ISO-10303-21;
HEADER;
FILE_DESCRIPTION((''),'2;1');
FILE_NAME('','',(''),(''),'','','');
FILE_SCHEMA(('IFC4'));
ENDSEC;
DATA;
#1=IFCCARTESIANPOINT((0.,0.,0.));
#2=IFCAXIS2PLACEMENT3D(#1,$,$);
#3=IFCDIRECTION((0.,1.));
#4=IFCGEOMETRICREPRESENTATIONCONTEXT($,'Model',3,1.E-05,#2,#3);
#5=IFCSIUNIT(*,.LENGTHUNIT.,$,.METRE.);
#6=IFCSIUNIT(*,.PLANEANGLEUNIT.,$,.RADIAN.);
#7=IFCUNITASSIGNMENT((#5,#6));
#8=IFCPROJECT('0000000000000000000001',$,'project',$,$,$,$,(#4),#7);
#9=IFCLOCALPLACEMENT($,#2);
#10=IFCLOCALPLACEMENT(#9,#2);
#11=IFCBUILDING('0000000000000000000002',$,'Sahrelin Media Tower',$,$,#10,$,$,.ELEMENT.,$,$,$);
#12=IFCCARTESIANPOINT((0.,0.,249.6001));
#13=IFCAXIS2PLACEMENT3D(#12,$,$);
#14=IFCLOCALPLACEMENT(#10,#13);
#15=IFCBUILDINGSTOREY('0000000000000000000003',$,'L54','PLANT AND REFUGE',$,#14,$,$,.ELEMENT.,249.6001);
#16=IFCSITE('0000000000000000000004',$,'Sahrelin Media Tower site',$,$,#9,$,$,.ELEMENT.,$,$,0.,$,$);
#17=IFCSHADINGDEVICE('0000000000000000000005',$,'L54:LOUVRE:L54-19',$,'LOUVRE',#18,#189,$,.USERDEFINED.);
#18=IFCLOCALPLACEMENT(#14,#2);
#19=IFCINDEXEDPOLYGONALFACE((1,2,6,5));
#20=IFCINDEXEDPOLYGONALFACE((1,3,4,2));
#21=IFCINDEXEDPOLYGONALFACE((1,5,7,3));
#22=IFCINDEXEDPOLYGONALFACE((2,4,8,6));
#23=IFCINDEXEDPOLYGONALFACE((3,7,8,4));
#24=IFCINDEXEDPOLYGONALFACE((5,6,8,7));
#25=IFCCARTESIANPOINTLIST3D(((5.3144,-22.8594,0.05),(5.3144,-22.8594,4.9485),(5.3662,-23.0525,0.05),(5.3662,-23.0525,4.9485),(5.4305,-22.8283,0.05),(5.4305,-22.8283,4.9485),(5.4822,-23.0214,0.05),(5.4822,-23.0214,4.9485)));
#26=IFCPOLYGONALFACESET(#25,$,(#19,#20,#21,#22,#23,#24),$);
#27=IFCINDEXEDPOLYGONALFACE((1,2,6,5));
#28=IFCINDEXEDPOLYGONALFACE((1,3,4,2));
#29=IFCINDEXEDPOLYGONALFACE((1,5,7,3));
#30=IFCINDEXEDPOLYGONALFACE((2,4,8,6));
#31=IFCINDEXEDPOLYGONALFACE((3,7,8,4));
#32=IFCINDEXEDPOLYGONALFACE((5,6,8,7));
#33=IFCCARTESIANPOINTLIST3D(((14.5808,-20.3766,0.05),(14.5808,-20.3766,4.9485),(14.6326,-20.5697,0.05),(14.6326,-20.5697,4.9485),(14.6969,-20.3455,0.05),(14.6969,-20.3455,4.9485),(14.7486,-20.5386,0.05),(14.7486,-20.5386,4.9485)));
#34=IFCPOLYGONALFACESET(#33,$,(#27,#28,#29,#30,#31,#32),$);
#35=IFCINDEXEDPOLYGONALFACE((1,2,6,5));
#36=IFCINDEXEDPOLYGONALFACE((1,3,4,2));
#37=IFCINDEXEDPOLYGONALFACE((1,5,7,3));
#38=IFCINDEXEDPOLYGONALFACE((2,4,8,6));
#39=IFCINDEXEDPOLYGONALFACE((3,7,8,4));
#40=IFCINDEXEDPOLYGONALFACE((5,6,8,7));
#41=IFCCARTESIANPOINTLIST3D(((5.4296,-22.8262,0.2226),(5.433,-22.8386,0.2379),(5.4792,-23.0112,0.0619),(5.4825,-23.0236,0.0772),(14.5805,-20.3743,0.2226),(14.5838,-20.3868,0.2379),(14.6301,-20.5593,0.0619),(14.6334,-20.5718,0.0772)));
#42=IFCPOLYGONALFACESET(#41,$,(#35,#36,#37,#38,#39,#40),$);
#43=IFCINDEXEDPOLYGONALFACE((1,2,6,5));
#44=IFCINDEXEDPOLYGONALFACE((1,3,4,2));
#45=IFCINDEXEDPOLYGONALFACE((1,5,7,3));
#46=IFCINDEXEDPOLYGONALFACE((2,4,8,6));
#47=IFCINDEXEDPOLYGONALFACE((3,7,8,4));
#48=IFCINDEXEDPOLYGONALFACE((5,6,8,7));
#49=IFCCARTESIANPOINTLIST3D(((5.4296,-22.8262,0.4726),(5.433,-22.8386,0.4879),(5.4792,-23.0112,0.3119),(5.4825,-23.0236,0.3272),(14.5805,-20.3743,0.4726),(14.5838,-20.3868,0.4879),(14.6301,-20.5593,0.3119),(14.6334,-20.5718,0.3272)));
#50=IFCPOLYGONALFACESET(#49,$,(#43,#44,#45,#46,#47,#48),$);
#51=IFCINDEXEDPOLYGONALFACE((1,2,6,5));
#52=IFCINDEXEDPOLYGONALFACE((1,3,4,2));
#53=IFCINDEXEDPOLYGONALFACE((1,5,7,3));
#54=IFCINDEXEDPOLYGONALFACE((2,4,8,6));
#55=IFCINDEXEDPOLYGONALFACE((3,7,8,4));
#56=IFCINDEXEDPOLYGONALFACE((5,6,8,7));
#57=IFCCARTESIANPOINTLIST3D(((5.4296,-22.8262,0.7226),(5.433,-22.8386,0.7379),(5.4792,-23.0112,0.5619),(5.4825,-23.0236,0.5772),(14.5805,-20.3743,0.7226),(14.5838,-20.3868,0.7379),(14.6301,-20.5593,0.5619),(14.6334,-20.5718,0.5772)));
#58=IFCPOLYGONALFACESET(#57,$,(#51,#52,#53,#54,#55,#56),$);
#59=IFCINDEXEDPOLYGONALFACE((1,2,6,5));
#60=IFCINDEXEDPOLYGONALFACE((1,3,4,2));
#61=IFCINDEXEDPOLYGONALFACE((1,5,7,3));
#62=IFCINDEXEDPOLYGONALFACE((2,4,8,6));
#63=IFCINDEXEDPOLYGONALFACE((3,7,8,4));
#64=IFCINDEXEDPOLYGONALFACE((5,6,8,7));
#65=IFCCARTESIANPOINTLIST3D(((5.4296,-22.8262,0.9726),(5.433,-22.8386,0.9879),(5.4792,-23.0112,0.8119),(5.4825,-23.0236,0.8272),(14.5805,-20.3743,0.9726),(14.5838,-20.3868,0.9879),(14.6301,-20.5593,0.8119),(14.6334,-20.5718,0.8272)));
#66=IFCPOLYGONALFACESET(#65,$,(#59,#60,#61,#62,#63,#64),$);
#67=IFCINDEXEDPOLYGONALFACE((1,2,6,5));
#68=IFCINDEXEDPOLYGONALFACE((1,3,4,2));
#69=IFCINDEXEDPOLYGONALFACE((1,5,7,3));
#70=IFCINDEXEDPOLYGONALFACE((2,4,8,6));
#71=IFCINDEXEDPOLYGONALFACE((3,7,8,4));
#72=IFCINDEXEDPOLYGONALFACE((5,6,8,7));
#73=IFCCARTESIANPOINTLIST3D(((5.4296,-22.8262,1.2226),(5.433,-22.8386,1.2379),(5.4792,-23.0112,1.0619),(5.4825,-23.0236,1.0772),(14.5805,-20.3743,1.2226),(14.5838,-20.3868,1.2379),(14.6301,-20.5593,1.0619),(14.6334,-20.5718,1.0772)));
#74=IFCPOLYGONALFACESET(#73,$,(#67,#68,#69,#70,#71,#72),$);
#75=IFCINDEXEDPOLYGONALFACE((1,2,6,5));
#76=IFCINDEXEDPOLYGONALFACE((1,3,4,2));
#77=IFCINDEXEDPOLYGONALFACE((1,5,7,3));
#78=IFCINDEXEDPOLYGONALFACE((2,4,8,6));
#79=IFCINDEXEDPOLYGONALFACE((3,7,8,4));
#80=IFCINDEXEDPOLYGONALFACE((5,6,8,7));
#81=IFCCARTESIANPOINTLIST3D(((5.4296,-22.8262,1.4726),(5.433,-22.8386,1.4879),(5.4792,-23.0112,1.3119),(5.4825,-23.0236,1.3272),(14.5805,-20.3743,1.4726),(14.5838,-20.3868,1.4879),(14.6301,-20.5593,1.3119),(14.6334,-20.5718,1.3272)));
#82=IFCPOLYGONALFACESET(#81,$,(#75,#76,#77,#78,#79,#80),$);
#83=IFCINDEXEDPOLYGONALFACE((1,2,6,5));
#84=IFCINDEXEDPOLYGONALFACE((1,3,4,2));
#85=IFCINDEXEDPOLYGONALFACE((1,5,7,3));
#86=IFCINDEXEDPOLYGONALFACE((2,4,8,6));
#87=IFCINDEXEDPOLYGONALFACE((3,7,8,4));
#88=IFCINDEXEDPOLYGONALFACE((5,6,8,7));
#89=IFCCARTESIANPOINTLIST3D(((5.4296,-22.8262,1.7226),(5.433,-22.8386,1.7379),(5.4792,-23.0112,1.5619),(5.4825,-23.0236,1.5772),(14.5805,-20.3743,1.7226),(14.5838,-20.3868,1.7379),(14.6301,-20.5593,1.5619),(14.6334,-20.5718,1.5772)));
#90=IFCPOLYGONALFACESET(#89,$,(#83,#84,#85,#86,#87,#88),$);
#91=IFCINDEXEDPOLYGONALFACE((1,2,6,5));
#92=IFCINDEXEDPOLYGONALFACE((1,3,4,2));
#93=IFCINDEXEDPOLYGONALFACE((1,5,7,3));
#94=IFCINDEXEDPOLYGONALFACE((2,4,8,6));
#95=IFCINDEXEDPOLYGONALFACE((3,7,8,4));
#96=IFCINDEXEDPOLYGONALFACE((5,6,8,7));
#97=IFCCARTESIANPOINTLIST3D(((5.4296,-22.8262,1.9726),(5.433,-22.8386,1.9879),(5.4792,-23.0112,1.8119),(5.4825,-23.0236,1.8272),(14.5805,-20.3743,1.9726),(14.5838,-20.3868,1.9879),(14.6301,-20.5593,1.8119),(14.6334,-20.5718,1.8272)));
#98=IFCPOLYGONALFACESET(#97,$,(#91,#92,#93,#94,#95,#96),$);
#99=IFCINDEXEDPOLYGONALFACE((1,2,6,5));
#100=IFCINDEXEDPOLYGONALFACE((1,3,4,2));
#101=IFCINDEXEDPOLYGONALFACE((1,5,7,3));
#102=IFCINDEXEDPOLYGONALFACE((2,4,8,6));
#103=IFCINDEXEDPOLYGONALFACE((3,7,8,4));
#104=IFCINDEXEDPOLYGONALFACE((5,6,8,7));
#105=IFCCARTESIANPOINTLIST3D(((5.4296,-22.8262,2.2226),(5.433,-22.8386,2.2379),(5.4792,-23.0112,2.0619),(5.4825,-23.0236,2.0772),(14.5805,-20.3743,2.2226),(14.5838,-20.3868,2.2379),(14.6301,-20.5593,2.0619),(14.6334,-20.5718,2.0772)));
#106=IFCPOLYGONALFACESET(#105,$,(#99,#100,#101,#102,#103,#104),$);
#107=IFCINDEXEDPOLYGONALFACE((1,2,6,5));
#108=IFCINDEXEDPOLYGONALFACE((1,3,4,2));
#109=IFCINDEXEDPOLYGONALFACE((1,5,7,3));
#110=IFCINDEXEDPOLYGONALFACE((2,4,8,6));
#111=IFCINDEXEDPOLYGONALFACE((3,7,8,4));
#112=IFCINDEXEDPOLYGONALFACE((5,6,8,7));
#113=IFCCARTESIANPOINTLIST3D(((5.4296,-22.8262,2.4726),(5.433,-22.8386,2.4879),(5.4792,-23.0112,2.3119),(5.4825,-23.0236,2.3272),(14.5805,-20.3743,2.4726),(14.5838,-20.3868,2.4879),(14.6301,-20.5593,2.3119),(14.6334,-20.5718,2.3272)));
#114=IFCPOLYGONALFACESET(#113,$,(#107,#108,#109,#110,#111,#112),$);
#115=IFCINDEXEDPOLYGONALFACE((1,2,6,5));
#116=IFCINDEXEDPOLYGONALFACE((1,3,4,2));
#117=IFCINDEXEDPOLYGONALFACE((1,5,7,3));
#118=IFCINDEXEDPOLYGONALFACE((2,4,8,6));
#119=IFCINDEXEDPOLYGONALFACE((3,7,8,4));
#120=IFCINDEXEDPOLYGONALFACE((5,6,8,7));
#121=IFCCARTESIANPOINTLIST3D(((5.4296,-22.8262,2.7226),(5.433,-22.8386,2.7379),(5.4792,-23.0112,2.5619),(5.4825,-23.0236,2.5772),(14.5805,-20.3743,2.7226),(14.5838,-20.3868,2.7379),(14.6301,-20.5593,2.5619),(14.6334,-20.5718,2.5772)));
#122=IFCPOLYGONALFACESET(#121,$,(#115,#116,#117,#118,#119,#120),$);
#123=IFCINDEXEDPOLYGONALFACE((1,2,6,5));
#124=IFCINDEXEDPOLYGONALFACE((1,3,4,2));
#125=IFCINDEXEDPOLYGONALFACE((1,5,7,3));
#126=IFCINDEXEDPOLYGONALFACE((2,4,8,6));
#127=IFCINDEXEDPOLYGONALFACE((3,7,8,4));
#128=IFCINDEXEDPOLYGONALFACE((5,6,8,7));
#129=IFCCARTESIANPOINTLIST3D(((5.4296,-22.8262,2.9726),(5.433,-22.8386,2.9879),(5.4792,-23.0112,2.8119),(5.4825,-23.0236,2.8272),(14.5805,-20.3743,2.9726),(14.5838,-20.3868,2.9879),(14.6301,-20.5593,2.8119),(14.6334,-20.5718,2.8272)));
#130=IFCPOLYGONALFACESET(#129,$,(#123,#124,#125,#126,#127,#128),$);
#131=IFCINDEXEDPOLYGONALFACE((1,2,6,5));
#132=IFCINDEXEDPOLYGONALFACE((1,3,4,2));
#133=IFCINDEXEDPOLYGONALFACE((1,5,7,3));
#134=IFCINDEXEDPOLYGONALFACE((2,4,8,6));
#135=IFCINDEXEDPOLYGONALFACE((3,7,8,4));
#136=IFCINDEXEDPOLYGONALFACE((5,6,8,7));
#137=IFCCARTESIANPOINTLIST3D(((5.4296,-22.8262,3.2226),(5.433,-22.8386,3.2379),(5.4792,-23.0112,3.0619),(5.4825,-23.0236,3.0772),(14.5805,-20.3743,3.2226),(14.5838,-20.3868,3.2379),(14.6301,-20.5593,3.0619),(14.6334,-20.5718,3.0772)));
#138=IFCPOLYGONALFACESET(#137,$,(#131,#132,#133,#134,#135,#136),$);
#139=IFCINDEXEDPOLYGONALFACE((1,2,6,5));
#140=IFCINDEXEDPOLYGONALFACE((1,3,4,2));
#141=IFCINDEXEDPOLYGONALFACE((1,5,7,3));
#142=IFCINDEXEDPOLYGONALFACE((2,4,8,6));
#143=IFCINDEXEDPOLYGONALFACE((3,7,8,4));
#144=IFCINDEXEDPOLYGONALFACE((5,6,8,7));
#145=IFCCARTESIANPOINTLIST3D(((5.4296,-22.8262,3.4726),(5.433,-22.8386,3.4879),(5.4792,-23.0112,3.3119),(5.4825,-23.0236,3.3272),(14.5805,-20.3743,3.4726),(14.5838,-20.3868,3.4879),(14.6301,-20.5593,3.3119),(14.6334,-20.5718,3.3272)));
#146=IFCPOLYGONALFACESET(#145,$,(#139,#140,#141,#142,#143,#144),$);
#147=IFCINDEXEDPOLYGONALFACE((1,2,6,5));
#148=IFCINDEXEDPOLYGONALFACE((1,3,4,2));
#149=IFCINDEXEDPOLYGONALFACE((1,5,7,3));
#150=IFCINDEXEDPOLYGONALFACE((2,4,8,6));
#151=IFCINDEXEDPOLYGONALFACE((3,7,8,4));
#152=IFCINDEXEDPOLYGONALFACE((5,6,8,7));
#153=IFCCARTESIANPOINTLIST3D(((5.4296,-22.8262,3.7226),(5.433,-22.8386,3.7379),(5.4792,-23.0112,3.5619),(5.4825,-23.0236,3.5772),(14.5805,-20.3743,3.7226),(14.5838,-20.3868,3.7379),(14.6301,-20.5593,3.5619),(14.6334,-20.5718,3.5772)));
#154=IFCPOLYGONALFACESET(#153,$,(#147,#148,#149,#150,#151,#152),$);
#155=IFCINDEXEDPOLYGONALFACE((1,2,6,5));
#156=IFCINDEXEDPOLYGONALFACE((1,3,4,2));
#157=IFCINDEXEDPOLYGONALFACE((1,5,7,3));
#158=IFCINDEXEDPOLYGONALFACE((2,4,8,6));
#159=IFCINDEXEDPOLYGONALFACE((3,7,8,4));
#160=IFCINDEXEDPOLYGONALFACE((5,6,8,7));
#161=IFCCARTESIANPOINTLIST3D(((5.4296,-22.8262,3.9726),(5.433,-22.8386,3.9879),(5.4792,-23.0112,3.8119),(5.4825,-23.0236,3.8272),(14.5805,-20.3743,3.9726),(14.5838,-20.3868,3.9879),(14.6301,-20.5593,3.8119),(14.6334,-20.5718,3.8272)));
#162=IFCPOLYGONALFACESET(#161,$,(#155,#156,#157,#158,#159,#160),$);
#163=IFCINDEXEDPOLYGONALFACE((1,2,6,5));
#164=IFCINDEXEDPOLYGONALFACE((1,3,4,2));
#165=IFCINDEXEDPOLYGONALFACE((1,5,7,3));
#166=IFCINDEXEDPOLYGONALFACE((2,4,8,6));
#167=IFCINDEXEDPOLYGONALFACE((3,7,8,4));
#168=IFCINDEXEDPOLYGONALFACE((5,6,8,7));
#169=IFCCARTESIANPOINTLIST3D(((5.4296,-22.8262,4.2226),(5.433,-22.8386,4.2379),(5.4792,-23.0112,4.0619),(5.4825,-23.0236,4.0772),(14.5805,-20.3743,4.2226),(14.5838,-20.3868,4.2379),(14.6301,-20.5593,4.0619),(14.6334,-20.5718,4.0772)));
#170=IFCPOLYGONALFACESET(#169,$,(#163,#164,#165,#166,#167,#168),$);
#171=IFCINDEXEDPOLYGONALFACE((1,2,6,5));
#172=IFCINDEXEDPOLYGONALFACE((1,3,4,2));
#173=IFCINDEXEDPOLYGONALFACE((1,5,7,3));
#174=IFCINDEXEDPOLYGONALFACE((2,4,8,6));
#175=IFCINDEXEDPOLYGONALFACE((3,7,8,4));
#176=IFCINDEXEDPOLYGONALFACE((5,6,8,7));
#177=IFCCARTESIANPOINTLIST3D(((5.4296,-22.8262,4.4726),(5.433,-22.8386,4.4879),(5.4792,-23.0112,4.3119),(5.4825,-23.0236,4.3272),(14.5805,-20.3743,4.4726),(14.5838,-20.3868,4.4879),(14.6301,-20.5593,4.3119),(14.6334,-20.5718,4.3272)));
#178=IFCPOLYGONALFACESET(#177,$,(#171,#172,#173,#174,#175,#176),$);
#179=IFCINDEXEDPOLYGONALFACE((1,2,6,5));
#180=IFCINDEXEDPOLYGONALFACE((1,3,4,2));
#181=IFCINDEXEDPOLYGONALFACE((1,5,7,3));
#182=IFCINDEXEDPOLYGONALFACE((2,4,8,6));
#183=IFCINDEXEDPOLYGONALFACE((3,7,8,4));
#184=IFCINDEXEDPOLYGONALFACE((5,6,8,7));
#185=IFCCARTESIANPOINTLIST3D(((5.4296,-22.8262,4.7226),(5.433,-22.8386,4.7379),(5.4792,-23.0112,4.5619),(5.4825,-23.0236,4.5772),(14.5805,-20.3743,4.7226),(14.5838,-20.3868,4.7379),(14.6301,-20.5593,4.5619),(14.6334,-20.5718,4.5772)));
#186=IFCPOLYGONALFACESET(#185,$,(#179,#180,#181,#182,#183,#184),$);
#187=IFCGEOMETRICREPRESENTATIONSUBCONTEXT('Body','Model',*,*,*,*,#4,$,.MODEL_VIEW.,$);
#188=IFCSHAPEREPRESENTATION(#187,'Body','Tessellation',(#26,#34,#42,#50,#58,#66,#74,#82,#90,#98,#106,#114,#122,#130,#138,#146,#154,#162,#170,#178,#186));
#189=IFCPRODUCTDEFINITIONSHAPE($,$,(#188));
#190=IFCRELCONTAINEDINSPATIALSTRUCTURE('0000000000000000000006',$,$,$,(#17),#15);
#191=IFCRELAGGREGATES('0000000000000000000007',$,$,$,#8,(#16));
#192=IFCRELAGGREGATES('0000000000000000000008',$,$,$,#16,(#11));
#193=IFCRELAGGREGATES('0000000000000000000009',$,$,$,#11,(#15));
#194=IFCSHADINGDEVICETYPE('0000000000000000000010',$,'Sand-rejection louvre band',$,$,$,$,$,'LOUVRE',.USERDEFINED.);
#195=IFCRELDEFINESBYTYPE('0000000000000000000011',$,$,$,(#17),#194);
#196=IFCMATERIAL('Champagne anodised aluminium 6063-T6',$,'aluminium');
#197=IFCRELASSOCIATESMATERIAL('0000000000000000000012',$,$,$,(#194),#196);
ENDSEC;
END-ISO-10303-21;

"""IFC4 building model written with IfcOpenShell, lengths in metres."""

from ifc_helpers import new_model, si_unit, direction, frame, origin, origin_2d, place, context, subcontext, project, spatial, rectangle, extrude, material, type_object, element, save


model = new_model("IFC4")

# Units and contexts
model_context = context("Model", 3, precision=1e-05, world=origin(), true_north=direction((0.0, 1.0)))
body_context = subcontext(model_context, "Body", "Model", "MODEL_VIEW")
ifc_project = project(units=[si_unit("LENGTHUNIT", "METRE"), si_unit("PLANEANGLEUNIT", "RADIAN")], contexts=[model_context])

# Site, building, storey
site_placement = place(None, origin())
site = spatial("IfcSite", under=ifc_project, at=site_placement, Name="Sahrelin Media Tower site", CompositionType="ELEMENT", RefElevation=0.0)
building_placement = place(site_placement, origin())
building = spatial("IfcBuilding", under=site, at=building_placement, Name="Sahrelin Media Tower", CompositionType="ELEMENT")
storey_placement = place(building_placement, frame((0.0, 0.0, 249.6001)))
storey = spatial("IfcBuildingStorey", under=building, at=storey_placement, Name="L54", Description="PLANT AND REFUGE", CompositionType="ELEMENT", Elevation=249.6001)

# Shading device
ifc_material_1 = material(Name="Champagne anodised aluminium 6063-T6", Category="aluminium")
shading_device_type = type_object("IfcShadingDeviceType", Name="Sand-rejection louvre band", ElementType="LOUVRE", PredefinedType="USERDEFINED", material=ifc_material_1)
shading_device_placement = place(storey_placement, frame((10.0056, -21.6023, 0.0), z_axis=(0.0, 0.0, 1.0), x_axis=(-0.965929, -0.258808, 0.0)))
element("IfcShadingDevice", 1, at=shading_device_placement, inside=storey, type_object=shading_device_type, Name="L54:LOUVRE:L54-19", ObjectType="LOUVRE", PredefinedType="USERDEFINED", context=body_context, shape_type="SweptSolid", body=[
    extrude(rectangle(XDim=0.1201, YDim=0.2, at=origin_2d()), frame((4.7966, 0.1001, 0.05), z_axis=(0.0, 0.0, 1.0), x_axis=(1.0, 0.0, 0.0)), (0.0, 0.0, 1.0), 4.8984),
    extrude(rectangle(XDim=0.1201, YDim=0.2, at=origin_2d()), frame((-4.7966, 0.1001, 0.05), z_axis=(0.0, 0.0, 1.0), x_axis=(1.0, 0.0, 0.0)), (0.0, 0.0, 1.0), 4.8984),
    extrude(rectangle(XDim=0.25, YDim=0.02, at=origin_2d()), frame((4.7368, 0.1001, 0.1499), z_axis=(-1.0, 0.0, 0.0), x_axis=(0.0, -0.766044, 0.642788)), (0.0, 0.0, 1.0), 9.4736),
    extrude(rectangle(XDim=0.25, YDim=0.02, at=origin_2d()), frame((4.7368, 0.1001, 0.3999), z_axis=(-1.0, 0.0, 0.0), x_axis=(0.0, -0.766044, 0.642788)), (0.0, 0.0, 1.0), 9.4736),
    extrude(rectangle(XDim=0.25, YDim=0.02, at=origin_2d()), frame((4.7368, 0.1001, 0.6499), z_axis=(-1.0, 0.0, 0.0), x_axis=(0.0, -0.766044, 0.642788)), (0.0, 0.0, 1.0), 9.4736),
    extrude(rectangle(XDim=0.25, YDim=0.02, at=origin_2d()), frame((4.7368, 0.1001, 0.8999), z_axis=(-1.0, 0.0, 0.0), x_axis=(0.0, -0.766044, 0.642788)), (0.0, 0.0, 1.0), 9.4736),
    extrude(rectangle(XDim=0.25, YDim=0.02, at=origin_2d()), frame((4.7368, 0.1001, 1.1499), z_axis=(-1.0, 0.0, 0.0), x_axis=(0.0, -0.766044, 0.642788)), (0.0, 0.0, 1.0), 9.4736),
    extrude(rectangle(XDim=0.25, YDim=0.02, at=origin_2d()), frame((4.7368, 0.1001, 1.3999), z_axis=(-1.0, 0.0, 0.0), x_axis=(0.0, -0.766044, 0.642788)), (0.0, 0.0, 1.0), 9.4736),
    extrude(rectangle(XDim=0.25, YDim=0.02, at=origin_2d()), frame((4.7368, 0.1001, 1.6499), z_axis=(-1.0, 0.0, 0.0), x_axis=(0.0, -0.766044, 0.642788)), (0.0, 0.0, 1.0), 9.4736),
    extrude(rectangle(XDim=0.25, YDim=0.02, at=origin_2d()), frame((4.7368, 0.1001, 1.8999), z_axis=(-1.0, 0.0, 0.0), x_axis=(0.0, -0.766044, 0.642788)), (0.0, 0.0, 1.0), 9.4736),
    extrude(rectangle(XDim=0.25, YDim=0.02, at=origin_2d()), frame((4.7368, 0.1001, 2.1499), z_axis=(-1.0, 0.0, 0.0), x_axis=(0.0, -0.766044, 0.642788)), (0.0, 0.0, 1.0), 9.4736),
    extrude(rectangle(XDim=0.25, YDim=0.02, at=origin_2d()), frame((4.7368, 0.1001, 2.3999), z_axis=(-1.0, 0.0, 0.0), x_axis=(0.0, -0.766044, 0.642788)), (0.0, 0.0, 1.0), 9.4736),
    extrude(rectangle(XDim=0.25, YDim=0.02, at=origin_2d()), frame((4.7368, 0.1001, 2.6499), z_axis=(-1.0, 0.0, 0.0), x_axis=(0.0, -0.766044, 0.642788)), (0.0, 0.0, 1.0), 9.4736),
    extrude(rectangle(XDim=0.25, YDim=0.02, at=origin_2d()), frame((4.7368, 0.1001, 2.8999), z_axis=(-1.0, 0.0, 0.0), x_axis=(0.0, -0.766044, 0.642788)), (0.0, 0.0, 1.0), 9.4736),
    extrude(rectangle(XDim=0.25, YDim=0.02, at=origin_2d()), frame((4.7368, 0.1001, 3.1499), z_axis=(-1.0, 0.0, 0.0), x_axis=(0.0, -0.766044, 0.642788)), (0.0, 0.0, 1.0), 9.4736),
    extrude(rectangle(XDim=0.25, YDim=0.02, at=origin_2d()), frame((4.7368, 0.1001, 3.3999), z_axis=(-1.0, 0.0, 0.0), x_axis=(0.0, -0.766044, 0.642788)), (0.0, 0.0, 1.0), 9.4736),
    extrude(rectangle(XDim=0.25, YDim=0.02, at=origin_2d()), frame((4.7368, 0.1001, 3.6499), z_axis=(-1.0, 0.0, 0.0), x_axis=(0.0, -0.766044, 0.642788)), (0.0, 0.0, 1.0), 9.4736),
    extrude(rectangle(XDim=0.25, YDim=0.02, at=origin_2d()), frame((4.7368, 0.1001, 3.8999), z_axis=(-1.0, 0.0, 0.0), x_axis=(0.0, -0.766044, 0.642788)), (0.0, 0.0, 1.0), 9.4736),
    extrude(rectangle(XDim=0.25, YDim=0.02, at=origin_2d()), frame((4.7368, 0.1001, 4.1499), z_axis=(-1.0, 0.0, 0.0), x_axis=(0.0, -0.766044, 0.642788)), (0.0, 0.0, 1.0), 9.4736),
    extrude(rectangle(XDim=0.25, YDim=0.02, at=origin_2d()), frame((4.7368, 0.1001, 4.3999), z_axis=(-1.0, 0.0, 0.0), x_axis=(0.0, -0.766044, 0.642788)), (0.0, 0.0, 1.0), 9.4736),
    extrude(rectangle(XDim=0.25, YDim=0.02, at=origin_2d()), frame((4.7368, 0.1001, 4.6499), z_axis=(-1.0, 0.0, 0.0), x_axis=(0.0, -0.766044, 0.642788)), (0.0, 0.0, 1.0), 9.4736),
])

save(model, "model.ifc")
